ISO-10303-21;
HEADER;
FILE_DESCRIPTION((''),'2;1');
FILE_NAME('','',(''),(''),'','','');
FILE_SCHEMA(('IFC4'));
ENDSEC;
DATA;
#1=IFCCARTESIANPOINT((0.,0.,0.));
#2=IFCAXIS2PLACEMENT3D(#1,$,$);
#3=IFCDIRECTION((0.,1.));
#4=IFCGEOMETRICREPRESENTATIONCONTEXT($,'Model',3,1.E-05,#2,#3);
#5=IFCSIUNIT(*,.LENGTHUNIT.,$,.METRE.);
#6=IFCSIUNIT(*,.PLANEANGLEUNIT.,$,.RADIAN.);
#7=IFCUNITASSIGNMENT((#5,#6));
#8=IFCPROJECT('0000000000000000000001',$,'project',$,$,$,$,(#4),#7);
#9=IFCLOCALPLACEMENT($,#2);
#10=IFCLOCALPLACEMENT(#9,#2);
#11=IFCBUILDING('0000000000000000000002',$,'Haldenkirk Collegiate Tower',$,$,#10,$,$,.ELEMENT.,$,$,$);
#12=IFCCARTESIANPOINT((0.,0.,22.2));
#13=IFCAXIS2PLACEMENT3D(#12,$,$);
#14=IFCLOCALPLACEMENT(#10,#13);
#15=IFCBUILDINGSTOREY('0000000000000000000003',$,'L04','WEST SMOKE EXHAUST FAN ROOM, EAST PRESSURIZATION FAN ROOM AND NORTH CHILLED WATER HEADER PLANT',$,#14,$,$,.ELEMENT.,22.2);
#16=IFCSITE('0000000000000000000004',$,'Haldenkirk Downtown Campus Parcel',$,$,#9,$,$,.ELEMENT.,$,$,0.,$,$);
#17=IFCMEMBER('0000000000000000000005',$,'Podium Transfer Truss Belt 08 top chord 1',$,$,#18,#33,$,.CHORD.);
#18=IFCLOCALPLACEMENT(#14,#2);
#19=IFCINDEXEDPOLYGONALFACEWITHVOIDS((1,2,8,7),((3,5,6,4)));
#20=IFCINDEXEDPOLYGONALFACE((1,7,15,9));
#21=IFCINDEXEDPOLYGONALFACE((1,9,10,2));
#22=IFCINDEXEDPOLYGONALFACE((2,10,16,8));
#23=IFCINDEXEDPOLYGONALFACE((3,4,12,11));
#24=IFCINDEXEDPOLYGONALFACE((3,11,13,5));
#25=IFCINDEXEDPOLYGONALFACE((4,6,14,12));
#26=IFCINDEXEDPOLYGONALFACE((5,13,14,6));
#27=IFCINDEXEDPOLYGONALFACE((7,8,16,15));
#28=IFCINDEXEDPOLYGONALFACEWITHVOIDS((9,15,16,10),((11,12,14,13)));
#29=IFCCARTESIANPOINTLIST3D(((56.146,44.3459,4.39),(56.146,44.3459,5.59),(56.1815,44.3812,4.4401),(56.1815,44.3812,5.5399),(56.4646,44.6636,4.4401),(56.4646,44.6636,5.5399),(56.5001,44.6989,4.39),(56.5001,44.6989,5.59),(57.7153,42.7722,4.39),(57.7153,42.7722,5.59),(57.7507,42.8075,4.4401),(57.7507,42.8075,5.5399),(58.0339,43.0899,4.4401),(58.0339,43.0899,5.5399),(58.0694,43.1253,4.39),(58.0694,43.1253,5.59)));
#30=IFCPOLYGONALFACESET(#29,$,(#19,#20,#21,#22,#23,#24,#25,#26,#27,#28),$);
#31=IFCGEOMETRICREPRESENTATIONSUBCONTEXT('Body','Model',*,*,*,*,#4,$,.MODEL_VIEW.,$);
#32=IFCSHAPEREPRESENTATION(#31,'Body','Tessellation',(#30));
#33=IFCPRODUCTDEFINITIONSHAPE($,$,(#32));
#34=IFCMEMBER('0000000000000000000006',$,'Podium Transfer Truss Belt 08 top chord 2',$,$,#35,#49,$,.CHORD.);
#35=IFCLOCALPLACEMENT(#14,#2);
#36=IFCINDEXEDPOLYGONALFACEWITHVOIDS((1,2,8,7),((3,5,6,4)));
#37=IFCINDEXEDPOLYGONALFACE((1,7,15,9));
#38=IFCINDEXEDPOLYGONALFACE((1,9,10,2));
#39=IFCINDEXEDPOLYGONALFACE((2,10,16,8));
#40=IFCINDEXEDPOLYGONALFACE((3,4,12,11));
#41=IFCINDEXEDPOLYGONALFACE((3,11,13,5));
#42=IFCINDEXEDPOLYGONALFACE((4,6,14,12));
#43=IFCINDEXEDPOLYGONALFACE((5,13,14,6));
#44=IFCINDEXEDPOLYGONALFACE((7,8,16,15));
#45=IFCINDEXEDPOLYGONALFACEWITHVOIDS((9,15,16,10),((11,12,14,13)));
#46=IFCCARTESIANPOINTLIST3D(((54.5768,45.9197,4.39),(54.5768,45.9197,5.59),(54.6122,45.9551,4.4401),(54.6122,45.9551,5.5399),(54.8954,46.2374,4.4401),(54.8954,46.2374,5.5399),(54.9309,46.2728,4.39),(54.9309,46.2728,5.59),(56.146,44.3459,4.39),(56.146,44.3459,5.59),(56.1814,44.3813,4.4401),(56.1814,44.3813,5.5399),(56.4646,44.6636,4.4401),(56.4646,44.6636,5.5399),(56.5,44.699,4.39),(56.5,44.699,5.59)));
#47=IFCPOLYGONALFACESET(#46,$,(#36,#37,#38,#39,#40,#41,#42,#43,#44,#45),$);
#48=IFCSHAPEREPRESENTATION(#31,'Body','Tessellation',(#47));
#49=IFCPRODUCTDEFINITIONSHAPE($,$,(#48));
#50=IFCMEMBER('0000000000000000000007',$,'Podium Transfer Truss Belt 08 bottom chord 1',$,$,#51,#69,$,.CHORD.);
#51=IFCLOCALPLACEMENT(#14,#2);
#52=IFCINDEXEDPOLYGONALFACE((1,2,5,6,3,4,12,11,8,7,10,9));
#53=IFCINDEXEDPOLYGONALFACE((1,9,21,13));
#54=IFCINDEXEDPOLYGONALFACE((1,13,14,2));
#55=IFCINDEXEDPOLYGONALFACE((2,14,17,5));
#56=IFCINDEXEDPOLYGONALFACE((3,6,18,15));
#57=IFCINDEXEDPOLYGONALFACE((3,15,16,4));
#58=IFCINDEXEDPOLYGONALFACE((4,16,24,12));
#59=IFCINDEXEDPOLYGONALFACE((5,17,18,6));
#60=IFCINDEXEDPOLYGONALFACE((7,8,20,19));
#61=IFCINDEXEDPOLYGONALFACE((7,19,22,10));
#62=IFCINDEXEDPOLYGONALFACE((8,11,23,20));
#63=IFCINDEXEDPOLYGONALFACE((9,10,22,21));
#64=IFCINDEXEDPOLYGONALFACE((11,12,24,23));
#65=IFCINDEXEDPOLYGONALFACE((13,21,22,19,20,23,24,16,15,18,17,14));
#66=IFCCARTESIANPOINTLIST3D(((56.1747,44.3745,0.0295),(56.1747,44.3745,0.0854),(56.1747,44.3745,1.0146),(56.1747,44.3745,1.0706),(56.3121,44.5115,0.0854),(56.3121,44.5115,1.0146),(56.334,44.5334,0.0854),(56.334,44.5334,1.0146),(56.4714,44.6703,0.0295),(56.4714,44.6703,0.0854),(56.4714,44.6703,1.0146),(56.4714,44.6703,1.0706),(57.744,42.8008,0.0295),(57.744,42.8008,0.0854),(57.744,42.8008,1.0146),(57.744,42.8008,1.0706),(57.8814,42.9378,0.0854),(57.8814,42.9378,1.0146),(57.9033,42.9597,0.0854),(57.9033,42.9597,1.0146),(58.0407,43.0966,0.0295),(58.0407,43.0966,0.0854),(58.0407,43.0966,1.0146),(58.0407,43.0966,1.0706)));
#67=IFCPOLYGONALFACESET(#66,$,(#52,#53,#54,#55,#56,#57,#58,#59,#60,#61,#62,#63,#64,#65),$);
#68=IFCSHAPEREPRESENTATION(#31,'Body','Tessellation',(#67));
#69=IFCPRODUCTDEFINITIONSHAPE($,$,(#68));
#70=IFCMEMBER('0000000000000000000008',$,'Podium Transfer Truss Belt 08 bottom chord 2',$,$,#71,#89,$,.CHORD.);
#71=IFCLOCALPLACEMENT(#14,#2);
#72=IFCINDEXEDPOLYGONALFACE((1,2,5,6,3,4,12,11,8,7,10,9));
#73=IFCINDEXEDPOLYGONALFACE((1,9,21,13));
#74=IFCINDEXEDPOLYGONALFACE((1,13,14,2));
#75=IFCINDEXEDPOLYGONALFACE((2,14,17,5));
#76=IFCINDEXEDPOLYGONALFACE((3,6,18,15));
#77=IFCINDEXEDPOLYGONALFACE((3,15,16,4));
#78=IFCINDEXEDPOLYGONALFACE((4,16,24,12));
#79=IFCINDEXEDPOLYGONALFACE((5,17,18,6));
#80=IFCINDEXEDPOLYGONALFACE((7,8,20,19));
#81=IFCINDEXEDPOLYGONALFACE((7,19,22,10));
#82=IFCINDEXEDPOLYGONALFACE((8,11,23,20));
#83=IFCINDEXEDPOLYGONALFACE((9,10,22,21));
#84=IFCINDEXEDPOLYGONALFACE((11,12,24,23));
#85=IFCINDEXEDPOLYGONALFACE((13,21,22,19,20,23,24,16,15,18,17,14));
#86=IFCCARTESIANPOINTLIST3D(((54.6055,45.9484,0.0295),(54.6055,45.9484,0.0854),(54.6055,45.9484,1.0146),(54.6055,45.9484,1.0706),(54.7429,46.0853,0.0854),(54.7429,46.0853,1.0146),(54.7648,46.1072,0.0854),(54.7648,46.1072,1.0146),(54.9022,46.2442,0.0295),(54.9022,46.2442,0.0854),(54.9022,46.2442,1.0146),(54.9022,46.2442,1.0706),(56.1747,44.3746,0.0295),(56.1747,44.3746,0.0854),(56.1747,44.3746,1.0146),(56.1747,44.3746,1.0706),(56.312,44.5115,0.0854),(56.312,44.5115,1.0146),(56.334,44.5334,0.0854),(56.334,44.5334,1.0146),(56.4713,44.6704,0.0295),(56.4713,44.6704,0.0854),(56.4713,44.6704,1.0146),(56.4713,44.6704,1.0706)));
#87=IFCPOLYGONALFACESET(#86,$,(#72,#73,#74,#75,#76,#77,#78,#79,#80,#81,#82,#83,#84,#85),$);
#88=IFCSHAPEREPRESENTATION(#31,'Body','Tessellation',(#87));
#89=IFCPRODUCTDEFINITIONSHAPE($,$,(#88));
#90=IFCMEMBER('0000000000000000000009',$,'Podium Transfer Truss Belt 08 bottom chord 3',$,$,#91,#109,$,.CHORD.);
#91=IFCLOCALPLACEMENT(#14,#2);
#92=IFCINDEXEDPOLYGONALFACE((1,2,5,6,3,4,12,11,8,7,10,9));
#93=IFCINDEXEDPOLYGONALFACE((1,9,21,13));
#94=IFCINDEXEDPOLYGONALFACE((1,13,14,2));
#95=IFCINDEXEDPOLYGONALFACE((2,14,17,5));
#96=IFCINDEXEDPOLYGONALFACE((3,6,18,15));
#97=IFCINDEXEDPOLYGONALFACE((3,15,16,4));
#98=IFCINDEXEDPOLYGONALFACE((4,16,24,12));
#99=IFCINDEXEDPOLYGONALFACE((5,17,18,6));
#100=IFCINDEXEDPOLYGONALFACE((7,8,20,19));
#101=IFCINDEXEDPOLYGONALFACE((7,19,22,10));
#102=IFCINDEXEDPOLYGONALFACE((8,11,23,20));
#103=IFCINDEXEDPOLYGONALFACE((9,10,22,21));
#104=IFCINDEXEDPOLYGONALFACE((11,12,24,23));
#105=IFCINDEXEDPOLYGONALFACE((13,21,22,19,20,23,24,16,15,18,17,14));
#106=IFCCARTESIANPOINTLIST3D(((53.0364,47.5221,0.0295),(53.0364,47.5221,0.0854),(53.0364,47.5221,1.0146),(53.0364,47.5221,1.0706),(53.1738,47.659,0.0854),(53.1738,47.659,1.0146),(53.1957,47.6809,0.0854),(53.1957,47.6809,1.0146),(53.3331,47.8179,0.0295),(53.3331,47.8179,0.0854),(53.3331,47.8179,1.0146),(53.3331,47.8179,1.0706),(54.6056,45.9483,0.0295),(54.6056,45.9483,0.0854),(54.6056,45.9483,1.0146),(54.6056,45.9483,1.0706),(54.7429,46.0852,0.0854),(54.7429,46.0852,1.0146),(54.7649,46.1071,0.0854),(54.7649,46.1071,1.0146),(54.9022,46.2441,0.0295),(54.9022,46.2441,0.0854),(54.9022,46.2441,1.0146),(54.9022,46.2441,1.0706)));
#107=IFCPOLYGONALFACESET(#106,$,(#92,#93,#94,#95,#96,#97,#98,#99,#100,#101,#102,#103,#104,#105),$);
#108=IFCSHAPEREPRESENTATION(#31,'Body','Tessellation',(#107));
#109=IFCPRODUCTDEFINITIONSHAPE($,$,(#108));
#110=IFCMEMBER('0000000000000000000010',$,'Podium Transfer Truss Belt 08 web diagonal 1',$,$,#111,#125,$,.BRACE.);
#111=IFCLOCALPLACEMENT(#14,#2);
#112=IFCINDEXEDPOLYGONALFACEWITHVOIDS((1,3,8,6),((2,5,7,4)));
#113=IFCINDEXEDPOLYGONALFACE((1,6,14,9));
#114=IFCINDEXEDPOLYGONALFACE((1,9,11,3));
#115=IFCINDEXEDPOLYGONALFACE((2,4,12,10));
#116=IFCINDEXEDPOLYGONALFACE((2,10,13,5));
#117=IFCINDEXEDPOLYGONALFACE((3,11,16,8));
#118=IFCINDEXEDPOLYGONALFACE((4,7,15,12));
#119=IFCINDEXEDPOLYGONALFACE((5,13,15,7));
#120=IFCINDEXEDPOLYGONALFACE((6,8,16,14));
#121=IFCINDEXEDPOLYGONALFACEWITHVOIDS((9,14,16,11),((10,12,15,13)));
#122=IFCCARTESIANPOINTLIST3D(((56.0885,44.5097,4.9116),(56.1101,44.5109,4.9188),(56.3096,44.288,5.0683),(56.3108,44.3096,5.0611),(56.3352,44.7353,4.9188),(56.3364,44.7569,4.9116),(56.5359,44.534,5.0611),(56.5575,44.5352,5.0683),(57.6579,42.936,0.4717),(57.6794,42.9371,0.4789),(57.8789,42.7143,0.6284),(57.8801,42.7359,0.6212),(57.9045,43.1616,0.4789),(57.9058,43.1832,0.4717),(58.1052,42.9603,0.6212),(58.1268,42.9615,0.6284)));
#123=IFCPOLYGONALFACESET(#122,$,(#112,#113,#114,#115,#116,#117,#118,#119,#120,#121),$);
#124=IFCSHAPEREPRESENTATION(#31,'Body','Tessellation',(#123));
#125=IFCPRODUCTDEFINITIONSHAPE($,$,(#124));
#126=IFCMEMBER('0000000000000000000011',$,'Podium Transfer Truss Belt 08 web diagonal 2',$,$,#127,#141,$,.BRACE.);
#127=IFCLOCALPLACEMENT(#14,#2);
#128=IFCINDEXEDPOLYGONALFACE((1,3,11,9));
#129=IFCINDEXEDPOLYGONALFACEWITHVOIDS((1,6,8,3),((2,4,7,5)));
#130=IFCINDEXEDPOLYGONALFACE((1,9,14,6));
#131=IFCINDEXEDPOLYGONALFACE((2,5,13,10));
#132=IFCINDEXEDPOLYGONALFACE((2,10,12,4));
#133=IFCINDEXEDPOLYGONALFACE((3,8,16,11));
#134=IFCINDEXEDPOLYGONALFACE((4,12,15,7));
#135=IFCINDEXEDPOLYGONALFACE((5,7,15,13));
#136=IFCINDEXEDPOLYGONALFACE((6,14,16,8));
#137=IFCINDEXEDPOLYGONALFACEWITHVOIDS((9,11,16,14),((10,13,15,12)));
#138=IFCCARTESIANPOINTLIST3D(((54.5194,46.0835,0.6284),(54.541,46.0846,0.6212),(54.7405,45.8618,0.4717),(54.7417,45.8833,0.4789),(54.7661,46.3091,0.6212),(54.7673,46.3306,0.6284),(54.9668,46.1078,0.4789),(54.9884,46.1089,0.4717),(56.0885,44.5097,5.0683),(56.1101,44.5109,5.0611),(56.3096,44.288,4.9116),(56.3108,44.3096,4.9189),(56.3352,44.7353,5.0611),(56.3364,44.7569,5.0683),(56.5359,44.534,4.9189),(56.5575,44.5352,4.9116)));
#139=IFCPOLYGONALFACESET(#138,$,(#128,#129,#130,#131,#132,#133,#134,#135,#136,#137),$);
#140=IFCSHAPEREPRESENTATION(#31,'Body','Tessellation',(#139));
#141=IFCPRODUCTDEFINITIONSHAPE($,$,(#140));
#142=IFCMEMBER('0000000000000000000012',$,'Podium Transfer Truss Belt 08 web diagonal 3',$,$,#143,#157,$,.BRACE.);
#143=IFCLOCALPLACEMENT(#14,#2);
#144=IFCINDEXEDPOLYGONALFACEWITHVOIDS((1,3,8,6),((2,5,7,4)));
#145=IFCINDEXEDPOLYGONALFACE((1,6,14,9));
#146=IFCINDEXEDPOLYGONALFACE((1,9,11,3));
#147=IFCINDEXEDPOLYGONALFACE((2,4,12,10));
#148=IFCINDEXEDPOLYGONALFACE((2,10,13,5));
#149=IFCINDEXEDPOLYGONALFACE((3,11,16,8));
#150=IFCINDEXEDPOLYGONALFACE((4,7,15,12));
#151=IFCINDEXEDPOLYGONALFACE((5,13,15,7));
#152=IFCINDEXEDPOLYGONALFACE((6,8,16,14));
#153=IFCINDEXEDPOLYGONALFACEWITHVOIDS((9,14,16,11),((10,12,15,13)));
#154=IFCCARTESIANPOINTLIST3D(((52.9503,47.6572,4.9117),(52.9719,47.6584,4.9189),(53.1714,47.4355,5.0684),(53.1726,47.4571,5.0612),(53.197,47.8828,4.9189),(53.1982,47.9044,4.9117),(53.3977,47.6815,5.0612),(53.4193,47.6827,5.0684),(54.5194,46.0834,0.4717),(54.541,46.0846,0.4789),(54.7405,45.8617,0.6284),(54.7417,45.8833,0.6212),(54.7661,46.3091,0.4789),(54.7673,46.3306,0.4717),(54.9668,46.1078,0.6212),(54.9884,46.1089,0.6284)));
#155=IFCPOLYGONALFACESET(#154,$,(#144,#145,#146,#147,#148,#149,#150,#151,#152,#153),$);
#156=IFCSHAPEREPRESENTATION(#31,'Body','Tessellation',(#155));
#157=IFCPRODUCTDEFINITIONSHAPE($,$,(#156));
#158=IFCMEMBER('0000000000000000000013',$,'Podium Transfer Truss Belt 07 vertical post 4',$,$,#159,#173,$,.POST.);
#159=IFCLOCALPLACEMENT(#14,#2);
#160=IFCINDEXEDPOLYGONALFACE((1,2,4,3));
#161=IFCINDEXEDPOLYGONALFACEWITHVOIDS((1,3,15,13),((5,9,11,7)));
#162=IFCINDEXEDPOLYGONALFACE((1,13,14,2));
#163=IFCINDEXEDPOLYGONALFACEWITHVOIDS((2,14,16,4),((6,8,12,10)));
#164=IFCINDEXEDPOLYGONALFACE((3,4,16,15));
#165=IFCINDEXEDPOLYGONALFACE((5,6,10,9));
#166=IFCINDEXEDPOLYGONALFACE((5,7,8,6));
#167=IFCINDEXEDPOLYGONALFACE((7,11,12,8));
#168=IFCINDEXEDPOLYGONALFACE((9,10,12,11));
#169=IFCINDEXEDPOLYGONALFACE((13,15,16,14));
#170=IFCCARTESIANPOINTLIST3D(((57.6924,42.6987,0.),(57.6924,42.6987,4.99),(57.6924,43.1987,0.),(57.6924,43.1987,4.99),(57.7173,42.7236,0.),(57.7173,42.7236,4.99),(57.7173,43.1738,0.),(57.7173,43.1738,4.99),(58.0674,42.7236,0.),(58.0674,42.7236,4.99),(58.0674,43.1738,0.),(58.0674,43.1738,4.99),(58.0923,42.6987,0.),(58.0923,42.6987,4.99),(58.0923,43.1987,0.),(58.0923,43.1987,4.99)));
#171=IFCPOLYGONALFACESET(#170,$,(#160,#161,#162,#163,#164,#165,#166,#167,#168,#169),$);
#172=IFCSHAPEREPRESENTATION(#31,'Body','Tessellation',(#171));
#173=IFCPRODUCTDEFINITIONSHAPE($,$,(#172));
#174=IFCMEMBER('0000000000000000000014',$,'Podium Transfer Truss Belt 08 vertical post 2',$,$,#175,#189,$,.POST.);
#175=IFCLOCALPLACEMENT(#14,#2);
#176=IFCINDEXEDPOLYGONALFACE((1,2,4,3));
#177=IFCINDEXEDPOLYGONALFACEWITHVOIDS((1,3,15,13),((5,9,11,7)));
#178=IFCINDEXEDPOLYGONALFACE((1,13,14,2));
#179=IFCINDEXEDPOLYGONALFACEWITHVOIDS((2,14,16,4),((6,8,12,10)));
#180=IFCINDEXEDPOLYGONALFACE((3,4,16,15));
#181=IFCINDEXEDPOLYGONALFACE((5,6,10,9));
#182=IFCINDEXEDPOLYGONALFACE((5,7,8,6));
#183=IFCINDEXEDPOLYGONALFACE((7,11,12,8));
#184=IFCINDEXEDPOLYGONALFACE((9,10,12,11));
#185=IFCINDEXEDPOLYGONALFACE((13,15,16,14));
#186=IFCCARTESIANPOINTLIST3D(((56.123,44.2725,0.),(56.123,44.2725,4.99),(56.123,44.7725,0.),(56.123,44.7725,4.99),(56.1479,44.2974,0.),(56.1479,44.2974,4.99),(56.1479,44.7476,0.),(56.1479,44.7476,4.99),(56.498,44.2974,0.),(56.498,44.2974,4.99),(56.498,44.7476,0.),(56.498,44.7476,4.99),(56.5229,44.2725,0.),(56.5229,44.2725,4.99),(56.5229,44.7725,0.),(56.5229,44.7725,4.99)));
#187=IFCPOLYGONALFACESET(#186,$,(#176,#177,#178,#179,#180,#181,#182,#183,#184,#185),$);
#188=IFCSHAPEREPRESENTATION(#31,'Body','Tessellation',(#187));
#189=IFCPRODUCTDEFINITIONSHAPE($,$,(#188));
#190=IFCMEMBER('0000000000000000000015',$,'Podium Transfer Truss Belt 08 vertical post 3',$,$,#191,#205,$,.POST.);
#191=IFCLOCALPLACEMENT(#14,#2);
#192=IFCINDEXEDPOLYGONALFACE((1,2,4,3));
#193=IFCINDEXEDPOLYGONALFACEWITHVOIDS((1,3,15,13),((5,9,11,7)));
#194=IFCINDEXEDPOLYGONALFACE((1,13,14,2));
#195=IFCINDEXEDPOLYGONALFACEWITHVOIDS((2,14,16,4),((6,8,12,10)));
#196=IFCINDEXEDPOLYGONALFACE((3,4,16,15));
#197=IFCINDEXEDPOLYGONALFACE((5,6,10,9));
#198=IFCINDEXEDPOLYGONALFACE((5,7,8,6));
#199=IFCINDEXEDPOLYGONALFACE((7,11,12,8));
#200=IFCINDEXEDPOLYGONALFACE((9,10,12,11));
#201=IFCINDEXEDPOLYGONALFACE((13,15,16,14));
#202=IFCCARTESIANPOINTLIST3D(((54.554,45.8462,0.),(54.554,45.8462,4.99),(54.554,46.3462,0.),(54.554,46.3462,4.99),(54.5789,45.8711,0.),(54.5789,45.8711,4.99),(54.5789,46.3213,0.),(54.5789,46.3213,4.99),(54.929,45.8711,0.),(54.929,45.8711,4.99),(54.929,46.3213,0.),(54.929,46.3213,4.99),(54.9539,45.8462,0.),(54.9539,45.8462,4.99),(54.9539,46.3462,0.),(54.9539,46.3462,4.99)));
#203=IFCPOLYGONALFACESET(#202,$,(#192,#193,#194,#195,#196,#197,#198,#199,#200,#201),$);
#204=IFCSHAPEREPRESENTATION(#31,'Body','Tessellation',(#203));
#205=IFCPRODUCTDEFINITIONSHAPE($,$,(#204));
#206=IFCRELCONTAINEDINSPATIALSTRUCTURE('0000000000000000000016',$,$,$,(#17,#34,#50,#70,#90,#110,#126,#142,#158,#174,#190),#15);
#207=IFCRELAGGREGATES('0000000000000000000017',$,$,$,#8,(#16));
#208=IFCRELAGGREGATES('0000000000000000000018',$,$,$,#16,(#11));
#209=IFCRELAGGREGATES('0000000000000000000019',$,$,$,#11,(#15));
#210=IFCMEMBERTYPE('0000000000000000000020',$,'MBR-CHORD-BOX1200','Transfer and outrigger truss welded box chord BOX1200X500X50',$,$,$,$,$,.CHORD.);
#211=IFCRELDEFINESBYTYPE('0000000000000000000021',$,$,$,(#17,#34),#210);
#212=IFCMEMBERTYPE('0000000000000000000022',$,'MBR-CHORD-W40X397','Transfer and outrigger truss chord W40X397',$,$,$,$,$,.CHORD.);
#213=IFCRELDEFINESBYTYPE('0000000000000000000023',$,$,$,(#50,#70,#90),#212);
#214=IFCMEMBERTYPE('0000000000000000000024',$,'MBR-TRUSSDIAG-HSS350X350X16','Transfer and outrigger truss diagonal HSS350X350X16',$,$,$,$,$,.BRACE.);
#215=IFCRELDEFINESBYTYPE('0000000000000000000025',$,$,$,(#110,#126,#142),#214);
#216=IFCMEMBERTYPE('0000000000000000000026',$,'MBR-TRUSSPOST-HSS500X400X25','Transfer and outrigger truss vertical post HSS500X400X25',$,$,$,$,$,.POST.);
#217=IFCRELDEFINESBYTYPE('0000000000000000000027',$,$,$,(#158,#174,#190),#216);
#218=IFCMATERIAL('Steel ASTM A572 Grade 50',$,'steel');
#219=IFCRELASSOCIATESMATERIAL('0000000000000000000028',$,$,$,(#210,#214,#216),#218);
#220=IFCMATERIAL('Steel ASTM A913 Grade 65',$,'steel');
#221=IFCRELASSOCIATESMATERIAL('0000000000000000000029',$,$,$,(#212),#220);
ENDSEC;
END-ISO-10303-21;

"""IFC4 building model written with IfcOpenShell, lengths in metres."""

from ifc_helpers import new_model, si_unit, direction, frame, origin, origin_2d, place, context, subcontext, project, spatial, hollow_rectangle, i_section, extrude, material, material_profile, profile_set, type_object, element, save


model = new_model("IFC4")

# Units and contexts
model_context = context("Model", 3, precision=1e-05, world=origin(), true_north=direction((0.0, 1.0)))
body_context = subcontext(model_context, "Body", "Model", "MODEL_VIEW")
ifc_project = project(units=[si_unit("LENGTHUNIT", "METRE"), si_unit("PLANEANGLEUNIT", "RADIAN")], contexts=[model_context])

# Site, building, storey
site_placement = place(None, origin())
site = spatial("IfcSite", under=ifc_project, at=site_placement, Name="Haldenkirk Downtown Campus Parcel", CompositionType="ELEMENT", RefElevation=0.0)
building_placement = place(site_placement, origin())
building = spatial("IfcBuilding", under=site, at=building_placement, Name="Haldenkirk Collegiate Tower", CompositionType="ELEMENT")
storey_placement = place(building_placement, frame((0.0, 0.0, 22.2)))
storey = spatial("IfcBuildingStorey", under=building, at=storey_placement, Name="L04", Description="WEST SMOKE EXHAUST FAN ROOM, EAST PRESSURIZATION FAN ROOM AND NORTH CHILLED WATER HEADER PLANT", CompositionType="ELEMENT", Elevation=22.2)

# Members
ifc_material_1 = material(Name="Steel ASTM A572 Grade 50", Category="steel")
ifc_material_profile_1 = material_profile(ifc_material_1, hollow_rectangle(XDim=0.5, YDim=1.2, WallThickness=0.05, at=origin_2d()), Name="BOX1200X500X50")
ifc_profile_set_1 = profile_set([ifc_material_profile_1], Name="Steel ASTM A572 Grade 50")
member_type_1 = type_object("IfcMemberType", Name="MBR-CHORD-BOX1200", Description="Transfer and outrigger truss welded box chord BOX1200X500X50", PredefinedType="CHORD", material=ifc_profile_set_1)
for number, where, z_axis, x_axis, name in (
    (1, (57.8923, 42.9487, 4.99), (-0.706117, 0.708095, 0.0), (-0.708095, -0.706117, 0.0), "Podium Transfer Truss Belt 08 top chord 1"),
    (2, (56.323, 44.5225, 4.99), (-0.706062, 0.70815, 0.0), (-0.70815, -0.706062, 0.0), "Podium Transfer Truss Belt 08 top chord 2"),
):
    element("IfcMember", number, at=place(storey_placement, frame(where, z_axis=z_axis, x_axis=x_axis)), inside=storey, type_object=member_type_1, Name=name, PredefinedType="CHORD", context=body_context, shape_type="SweptSolid", body=[
        extrude(hollow_rectangle(XDim=0.5, YDim=1.2, WallThickness=0.05, at=origin_2d()), origin(), (0.0, 0.0, 1.0), 2.2224),
    ])
ifc_material_2 = material(Name="Steel ASTM A913 Grade 65", Category="steel")
ifc_material_profile_2 = material_profile(ifc_material_2, i_section(OverallWidth=0.4189, OverallDepth=1.041, WebThickness=0.031, FlangeThickness=0.0559, at=origin_2d()), Name="W40X397")
ifc_profile_set_2 = profile_set([ifc_material_profile_2], Name="Steel ASTM A913 Grade 65")
member_type_2 = type_object("IfcMemberType", Name="MBR-CHORD-W40X397", Description="Transfer and outrigger truss chord W40X397", PredefinedType="CHORD", material=ifc_profile_set_2)
for number, where, z_axis, x_axis, name in (
    (3, (57.8923, 42.9487, 0.55), (-0.706117, 0.708095, 0.0), (-0.708095, -0.706117, 0.0), "Podium Transfer Truss Belt 08 bottom chord 1"),
    (4, (56.323, 44.5225, 0.55), (-0.706062, 0.70815, 0.0), (-0.70815, -0.706062, 0.0), "Podium Transfer Truss Belt 08 bottom chord 2"),
    (5, (54.7539, 46.0962, 0.55), (-0.706062, 0.70815, 0.0), (-0.70815, -0.706062, 0.0), "Podium Transfer Truss Belt 08 bottom chord 3"),
):
    element("IfcMember", number, at=place(storey_placement, frame(where, z_axis=z_axis, x_axis=x_axis)), inside=storey, type_object=member_type_2, Name=name, PredefinedType="CHORD", context=body_context, shape_type="SweptSolid", body=[
        extrude(i_section(OverallWidth=0.4189, OverallDepth=1.041, WebThickness=0.031, FlangeThickness=0.0559, at=origin_2d()), origin(), (0.0, 0.0, 1.0), 2.2224),
    ])
ifc_material_profile_3 = material_profile(ifc_material_1, hollow_rectangle(XDim=0.3501, YDim=0.3501, WallThickness=0.0161, at=origin_2d()), Name="HSS350X350X16")
ifc_profile_set_3 = profile_set([ifc_material_profile_3], Name="Steel ASTM A572 Grade 50")
member_type_3 = type_object("IfcMemberType", Name="MBR-TRUSSDIAG-HSS350X350X16", Description="Transfer and outrigger truss diagonal HSS350X350X16", PredefinedType="BRACE", material=ifc_profile_set_3)
for number, where, z_axis, x_axis, name in (
    (6, (57.8923, 42.9487, 0.55), (-0.316071, 0.316957, 0.894224), (-0.708095, -0.706117, 0.0), "Podium Transfer Truss Belt 08 web diagonal 1"),
    (7, (56.323, 44.5225, 4.99), (-0.316027, 0.316961, -0.894238), (-0.70815, -0.706062, 0.0), "Podium Transfer Truss Belt 08 web diagonal 2"),
    (8, (54.7539, 46.0962, 0.55), (-0.316027, 0.316961, 0.894238), (-0.70815, -0.706062, 0.0), "Podium Transfer Truss Belt 08 web diagonal 3"),
):
    element("IfcMember", number, at=place(storey_placement, frame(where, z_axis=z_axis, x_axis=x_axis)), inside=storey, type_object=member_type_3, Name=name, PredefinedType="BRACE", context=body_context, shape_type="SweptSolid", body=[
        extrude(hollow_rectangle(XDim=0.3501, YDim=0.3501, WallThickness=0.0161, at=origin_2d()), origin(), (0.0, 0.0, 1.0), 4.9651),
    ])
ifc_material_profile_4 = material_profile(ifc_material_1, hollow_rectangle(XDim=0.3999, YDim=0.5, WallThickness=0.0249, at=origin_2d()), Name="HSS500X400X25")
ifc_profile_set_4 = profile_set([ifc_material_profile_4], Name="Steel ASTM A572 Grade 50")
member_type_4 = type_object("IfcMemberType", Name="MBR-TRUSSPOST-HSS500X400X25", Description="Transfer and outrigger truss vertical post HSS500X400X25", PredefinedType="POST", material=ifc_profile_set_4)
for number, where, z_axis, x_axis, name in (
    (9, (57.8923, 42.9487, 0.0), (0.0, 0.0, 1.0), (1.0, 0.0, 0.0), "Podium Transfer Truss Belt 07 vertical post 4"),
    (10, (56.323, 44.5225, 0.0), (0.0, 0.0, 1.0), (1.0, 0.0, 0.0), "Podium Transfer Truss Belt 08 vertical post 2"),
    (11, (54.7539, 46.0962, 0.0), (0.0, 0.0, 1.0), (1.0, 0.0, 0.0), "Podium Transfer Truss Belt 08 vertical post 3"),
):
    element("IfcMember", number, at=place(storey_placement, frame(where, z_axis=z_axis, x_axis=x_axis)), inside=storey, type_object=member_type_4, Name=name, PredefinedType="POST", context=body_context, shape_type="SweptSolid", body=[
        extrude(hollow_rectangle(XDim=0.3999, YDim=0.5, WallThickness=0.0249, at=origin_2d()), origin(), (0.0, 0.0, 1.0), 4.99),
    ])

save(model, "model.ifc")
